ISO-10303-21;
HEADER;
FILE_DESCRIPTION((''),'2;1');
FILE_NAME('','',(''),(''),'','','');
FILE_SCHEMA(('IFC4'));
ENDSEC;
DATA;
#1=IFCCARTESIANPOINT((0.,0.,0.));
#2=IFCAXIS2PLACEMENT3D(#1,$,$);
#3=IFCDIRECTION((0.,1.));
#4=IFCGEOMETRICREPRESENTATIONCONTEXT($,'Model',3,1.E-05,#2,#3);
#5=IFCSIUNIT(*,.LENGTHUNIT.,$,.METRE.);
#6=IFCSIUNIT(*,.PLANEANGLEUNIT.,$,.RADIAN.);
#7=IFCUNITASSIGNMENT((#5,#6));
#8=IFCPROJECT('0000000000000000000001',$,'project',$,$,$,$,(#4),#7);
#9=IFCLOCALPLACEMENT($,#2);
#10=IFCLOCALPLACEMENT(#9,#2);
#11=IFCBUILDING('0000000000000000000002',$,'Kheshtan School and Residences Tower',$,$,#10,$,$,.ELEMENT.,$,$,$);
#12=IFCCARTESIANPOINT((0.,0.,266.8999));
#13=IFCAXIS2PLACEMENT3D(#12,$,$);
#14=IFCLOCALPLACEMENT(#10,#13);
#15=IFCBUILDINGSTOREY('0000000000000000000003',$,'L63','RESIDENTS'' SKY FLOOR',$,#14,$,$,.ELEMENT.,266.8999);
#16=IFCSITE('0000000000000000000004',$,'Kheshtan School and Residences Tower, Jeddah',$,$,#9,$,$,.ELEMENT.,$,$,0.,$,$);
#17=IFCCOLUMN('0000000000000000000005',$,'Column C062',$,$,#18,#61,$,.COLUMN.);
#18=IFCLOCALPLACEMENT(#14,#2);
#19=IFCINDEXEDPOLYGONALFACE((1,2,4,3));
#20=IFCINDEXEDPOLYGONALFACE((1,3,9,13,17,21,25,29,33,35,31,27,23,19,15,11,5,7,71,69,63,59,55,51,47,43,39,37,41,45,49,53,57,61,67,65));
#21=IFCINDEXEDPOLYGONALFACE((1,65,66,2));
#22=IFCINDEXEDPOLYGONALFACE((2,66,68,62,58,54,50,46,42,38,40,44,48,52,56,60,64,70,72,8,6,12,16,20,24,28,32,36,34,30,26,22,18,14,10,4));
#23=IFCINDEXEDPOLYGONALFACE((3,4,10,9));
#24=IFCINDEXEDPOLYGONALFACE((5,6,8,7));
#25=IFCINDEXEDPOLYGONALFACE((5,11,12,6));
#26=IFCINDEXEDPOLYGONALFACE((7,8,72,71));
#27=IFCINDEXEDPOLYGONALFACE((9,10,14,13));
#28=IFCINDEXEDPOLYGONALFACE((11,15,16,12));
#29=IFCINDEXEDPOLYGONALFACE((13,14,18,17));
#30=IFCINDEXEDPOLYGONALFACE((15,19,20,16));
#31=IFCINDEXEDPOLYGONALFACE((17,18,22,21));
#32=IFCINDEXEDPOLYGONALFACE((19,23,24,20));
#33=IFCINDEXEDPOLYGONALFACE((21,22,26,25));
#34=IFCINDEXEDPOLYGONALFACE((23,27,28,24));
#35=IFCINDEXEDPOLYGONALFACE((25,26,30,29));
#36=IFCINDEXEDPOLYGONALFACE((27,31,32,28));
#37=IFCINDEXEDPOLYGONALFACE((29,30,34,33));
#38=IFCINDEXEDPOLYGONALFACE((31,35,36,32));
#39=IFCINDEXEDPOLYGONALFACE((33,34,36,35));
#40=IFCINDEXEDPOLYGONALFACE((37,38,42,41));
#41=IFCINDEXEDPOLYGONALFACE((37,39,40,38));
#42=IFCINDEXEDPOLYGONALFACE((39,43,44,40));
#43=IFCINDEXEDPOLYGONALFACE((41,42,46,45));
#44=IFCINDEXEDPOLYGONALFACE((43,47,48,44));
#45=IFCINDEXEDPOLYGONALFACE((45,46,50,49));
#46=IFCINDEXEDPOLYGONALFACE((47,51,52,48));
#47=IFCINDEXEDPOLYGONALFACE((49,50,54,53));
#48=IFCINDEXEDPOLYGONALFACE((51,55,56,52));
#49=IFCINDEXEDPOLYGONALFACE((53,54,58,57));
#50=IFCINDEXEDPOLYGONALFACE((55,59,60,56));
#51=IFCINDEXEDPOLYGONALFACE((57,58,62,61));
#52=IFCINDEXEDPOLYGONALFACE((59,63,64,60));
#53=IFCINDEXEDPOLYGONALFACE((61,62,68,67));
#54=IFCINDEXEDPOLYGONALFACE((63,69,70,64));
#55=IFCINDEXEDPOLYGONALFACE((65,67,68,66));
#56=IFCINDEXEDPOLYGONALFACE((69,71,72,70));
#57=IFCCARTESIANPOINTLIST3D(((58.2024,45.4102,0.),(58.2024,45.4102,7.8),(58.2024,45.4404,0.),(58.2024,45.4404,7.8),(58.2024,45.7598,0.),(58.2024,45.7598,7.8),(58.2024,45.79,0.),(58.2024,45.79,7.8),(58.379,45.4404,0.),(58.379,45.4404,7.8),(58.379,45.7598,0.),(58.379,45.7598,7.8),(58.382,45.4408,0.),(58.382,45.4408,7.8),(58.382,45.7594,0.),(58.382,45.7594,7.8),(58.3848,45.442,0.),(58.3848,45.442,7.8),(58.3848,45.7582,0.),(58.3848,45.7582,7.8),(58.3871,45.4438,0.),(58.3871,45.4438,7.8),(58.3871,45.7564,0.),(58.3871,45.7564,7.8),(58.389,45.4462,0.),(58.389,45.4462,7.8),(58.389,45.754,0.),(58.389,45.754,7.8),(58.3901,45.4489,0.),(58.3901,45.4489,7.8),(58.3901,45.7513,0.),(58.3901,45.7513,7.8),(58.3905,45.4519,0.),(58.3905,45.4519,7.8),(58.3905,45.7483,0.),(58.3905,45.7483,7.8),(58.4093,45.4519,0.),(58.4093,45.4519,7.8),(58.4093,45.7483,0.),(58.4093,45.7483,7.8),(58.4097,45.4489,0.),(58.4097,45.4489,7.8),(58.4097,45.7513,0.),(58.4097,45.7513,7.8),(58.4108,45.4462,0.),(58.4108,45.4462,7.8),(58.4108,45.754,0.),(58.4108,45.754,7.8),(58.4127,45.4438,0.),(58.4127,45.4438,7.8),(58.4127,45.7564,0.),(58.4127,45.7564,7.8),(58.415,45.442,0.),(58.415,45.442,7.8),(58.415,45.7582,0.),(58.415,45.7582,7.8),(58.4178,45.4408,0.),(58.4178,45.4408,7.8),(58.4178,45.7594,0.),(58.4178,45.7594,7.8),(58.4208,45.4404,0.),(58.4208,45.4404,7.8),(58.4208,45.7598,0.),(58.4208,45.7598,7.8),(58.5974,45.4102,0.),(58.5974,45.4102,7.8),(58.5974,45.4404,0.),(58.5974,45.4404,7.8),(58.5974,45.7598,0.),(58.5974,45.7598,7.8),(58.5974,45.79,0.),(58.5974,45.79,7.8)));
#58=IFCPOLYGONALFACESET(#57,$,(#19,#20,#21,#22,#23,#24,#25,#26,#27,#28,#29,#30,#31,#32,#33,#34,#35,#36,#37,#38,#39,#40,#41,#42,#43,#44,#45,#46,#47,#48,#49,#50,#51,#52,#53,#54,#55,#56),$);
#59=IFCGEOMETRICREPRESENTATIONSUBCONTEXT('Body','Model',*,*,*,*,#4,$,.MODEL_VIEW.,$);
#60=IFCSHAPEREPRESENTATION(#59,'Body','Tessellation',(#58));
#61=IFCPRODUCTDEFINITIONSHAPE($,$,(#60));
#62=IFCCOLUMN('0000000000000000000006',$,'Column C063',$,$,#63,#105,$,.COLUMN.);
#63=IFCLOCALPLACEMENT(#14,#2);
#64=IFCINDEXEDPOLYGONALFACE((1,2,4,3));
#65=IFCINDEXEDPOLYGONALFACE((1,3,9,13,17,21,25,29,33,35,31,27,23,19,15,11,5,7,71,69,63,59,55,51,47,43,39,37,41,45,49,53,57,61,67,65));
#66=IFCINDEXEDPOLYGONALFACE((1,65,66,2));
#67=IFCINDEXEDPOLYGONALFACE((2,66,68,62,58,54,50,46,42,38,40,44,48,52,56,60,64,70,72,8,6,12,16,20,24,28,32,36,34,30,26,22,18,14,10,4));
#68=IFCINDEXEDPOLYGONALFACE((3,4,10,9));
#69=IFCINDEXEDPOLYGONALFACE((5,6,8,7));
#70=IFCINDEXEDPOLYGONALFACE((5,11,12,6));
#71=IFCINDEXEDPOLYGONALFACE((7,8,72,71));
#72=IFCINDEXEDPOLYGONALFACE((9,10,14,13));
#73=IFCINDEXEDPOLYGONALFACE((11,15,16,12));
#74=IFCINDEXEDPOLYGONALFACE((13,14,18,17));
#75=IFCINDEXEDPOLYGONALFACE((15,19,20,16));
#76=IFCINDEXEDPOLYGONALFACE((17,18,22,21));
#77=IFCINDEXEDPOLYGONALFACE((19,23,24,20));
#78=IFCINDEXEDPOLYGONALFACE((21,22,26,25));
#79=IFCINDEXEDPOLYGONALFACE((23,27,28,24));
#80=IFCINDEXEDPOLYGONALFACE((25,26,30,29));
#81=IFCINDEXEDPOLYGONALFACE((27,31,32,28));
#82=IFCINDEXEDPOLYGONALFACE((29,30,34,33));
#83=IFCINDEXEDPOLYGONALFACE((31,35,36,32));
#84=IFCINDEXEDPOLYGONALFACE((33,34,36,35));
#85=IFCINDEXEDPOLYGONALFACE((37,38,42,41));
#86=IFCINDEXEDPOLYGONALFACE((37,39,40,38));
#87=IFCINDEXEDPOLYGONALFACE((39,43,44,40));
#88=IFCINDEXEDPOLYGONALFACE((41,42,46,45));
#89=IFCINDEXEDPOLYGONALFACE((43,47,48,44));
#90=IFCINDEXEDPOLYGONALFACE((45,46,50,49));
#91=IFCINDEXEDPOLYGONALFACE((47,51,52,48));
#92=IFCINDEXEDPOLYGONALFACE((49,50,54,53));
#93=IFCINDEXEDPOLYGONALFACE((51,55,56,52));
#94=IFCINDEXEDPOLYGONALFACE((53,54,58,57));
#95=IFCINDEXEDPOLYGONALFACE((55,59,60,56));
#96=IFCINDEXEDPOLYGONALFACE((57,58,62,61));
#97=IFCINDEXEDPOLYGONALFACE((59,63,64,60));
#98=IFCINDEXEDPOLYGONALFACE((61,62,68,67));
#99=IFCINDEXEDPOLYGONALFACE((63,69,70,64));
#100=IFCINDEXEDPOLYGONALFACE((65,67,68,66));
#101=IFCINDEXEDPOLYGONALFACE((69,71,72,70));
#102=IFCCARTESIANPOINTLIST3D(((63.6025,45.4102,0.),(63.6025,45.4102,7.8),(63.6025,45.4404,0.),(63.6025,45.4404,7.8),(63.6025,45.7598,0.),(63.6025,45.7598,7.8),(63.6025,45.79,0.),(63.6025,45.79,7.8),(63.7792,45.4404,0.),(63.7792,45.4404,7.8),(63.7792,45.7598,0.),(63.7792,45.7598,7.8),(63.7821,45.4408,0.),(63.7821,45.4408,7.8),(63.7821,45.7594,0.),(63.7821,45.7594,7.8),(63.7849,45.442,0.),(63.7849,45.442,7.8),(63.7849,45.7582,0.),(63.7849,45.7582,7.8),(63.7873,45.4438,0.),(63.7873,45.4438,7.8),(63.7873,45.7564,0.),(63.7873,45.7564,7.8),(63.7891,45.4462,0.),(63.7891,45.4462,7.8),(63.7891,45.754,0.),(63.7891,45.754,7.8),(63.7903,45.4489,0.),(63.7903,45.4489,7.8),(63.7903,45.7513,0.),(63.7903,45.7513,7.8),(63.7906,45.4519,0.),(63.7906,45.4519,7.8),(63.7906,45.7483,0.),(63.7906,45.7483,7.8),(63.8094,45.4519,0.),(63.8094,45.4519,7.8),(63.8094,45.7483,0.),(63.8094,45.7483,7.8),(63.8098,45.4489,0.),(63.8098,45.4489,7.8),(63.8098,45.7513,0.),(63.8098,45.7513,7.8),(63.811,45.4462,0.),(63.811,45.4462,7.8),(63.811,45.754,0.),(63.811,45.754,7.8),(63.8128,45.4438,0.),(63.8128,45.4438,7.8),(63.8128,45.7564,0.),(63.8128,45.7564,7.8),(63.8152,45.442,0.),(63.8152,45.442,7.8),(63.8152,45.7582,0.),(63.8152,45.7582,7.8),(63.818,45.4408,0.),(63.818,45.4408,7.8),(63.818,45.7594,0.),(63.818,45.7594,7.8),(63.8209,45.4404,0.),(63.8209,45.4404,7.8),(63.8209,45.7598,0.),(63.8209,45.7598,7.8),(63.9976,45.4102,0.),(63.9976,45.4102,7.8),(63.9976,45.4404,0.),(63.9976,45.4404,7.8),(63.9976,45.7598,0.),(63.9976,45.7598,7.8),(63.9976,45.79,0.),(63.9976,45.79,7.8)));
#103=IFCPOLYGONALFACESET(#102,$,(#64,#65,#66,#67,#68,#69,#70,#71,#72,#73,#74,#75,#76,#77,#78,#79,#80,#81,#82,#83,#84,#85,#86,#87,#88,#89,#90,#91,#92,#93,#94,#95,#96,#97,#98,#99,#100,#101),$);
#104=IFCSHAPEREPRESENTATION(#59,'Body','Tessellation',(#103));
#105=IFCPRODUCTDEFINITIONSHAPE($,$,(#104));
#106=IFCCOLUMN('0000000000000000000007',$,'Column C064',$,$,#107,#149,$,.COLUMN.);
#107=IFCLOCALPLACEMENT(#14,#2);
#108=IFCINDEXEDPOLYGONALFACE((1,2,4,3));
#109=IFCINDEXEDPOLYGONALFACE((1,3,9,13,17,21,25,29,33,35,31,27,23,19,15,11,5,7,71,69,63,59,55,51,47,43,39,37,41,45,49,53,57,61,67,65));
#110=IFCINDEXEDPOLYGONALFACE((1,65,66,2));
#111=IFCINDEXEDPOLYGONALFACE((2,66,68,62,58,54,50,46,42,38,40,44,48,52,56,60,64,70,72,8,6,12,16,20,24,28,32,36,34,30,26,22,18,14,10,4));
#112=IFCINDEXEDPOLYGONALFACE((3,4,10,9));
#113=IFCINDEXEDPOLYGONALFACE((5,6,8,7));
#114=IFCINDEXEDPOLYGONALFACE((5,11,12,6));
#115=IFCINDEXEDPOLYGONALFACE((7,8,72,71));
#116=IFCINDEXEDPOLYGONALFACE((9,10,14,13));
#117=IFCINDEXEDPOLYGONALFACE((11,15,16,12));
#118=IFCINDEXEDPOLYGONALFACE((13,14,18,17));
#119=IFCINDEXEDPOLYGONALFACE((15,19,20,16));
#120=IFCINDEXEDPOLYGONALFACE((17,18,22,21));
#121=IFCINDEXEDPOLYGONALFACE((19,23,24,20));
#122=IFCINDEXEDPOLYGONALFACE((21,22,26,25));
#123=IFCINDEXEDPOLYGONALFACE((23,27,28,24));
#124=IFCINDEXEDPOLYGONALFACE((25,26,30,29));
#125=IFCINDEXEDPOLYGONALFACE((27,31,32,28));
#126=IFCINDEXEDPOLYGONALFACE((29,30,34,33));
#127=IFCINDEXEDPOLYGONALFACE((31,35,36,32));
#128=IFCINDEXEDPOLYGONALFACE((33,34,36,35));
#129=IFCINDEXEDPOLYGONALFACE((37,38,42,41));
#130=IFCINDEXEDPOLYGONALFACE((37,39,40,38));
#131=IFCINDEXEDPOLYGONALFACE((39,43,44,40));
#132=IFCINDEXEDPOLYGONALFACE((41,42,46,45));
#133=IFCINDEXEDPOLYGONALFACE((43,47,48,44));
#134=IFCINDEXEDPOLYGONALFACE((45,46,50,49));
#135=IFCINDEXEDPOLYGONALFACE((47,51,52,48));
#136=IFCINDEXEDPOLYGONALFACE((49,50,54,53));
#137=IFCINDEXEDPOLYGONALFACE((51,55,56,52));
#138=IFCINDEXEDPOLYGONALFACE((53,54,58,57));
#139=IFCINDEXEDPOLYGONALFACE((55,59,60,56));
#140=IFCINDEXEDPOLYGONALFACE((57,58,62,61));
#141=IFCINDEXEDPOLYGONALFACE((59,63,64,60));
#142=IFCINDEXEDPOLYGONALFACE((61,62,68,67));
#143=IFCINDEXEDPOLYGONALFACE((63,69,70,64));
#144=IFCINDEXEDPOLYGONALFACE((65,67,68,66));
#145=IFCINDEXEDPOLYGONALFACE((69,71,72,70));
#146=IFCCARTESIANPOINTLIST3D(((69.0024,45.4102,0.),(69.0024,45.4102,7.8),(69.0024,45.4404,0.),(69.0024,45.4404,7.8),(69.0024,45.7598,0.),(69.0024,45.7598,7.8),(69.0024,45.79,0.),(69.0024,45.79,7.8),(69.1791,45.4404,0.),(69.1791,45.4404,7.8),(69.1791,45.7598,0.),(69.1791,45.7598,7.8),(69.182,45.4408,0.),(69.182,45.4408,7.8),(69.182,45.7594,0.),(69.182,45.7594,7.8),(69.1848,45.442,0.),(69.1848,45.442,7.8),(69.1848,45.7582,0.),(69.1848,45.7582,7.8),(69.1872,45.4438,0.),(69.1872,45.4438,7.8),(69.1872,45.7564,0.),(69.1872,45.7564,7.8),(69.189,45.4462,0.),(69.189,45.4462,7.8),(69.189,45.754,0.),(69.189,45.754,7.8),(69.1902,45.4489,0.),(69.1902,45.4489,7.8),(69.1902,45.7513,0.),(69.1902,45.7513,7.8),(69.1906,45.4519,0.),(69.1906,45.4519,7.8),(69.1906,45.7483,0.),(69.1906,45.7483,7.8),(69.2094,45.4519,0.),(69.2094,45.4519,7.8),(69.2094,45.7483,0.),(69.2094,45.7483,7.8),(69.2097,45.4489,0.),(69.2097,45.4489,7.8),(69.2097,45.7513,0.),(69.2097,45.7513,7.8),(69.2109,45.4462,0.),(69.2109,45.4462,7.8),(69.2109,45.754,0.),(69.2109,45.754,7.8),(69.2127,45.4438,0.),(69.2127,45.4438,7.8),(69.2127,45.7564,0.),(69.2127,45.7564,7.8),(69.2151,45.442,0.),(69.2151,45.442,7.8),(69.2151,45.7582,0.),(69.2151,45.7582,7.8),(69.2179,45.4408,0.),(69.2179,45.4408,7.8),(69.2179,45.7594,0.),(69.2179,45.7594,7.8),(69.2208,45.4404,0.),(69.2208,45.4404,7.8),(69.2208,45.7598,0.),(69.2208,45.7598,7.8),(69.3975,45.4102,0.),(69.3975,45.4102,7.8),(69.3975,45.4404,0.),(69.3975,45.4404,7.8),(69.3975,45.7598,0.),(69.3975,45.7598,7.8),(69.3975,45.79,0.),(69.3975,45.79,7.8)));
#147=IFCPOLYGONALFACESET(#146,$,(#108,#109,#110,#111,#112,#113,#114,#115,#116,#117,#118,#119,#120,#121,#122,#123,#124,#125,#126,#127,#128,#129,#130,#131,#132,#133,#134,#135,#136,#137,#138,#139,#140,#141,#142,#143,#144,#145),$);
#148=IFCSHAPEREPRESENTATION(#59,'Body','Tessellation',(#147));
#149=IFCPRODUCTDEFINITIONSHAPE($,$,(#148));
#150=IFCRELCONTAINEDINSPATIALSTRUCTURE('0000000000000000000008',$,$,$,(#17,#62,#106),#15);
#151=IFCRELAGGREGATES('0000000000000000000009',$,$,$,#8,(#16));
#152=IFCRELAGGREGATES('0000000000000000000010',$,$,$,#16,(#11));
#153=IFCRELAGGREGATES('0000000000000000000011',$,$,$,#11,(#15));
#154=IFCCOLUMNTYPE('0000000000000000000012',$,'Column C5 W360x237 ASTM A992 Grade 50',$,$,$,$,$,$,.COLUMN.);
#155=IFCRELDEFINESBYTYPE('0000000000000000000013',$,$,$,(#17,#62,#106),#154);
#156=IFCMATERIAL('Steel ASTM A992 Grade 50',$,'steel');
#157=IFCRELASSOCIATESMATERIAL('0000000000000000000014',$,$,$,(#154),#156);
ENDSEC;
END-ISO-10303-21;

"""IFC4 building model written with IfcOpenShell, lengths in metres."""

from ifc_helpers import new_model, si_unit, direction, frame, origin, origin_2d, place, context, subcontext, project, spatial, i_section, extrude, material, material_profile, profile_set, type_object, element, save


model = new_model("IFC4")

# Units and contexts
model_context = context("Model", 3, precision=1e-05, world=origin(), true_north=direction((0.0, 1.0)))
body_context = subcontext(model_context, "Body", "Model", "MODEL_VIEW")
ifc_project = project(units=[si_unit("LENGTHUNIT", "METRE"), si_unit("PLANEANGLEUNIT", "RADIAN")], contexts=[model_context])

# Site, building, storey
site_placement = place(None, origin())
site = spatial("IfcSite", under=ifc_project, at=site_placement, Name="Kheshtan School and Residences Tower, Jeddah", CompositionType="ELEMENT", RefElevation=0.0)
building_placement = place(site_placement, origin())
building = spatial("IfcBuilding", under=site, at=building_placement, Name="Kheshtan School and Residences Tower", CompositionType="ELEMENT")
storey_placement = place(building_placement, frame((0.0, 0.0, 266.8999)))
storey = spatial("IfcBuildingStorey", under=building, at=storey_placement, Name="L63", Description="RESIDENTS' SKY FLOOR", CompositionType="ELEMENT", Elevation=266.8999)

# Columns
ifc_material_1 = material(Name="Steel ASTM A992 Grade 50", Category="steel")
ifc_material_profile_1 = material_profile(ifc_material_1, i_section(OverallWidth=0.395, OverallDepth=0.3799, WebThickness=0.0188, FlangeThickness=0.0303, FilletRadius=0.0115, at=origin_2d()), Name="W360x237")
ifc_profile_set_1 = profile_set([ifc_material_profile_1], Name="Steel ASTM A992 Grade 50")
column_type_1 = type_object("IfcColumnType", Name="Column C5 W360x237 ASTM A992 Grade 50", PredefinedType="COLUMN", material=ifc_profile_set_1)
for number, where, z_axis, x_axis, name in (
    (1, (58.3999, 45.6001, 0.0), (0.0, 0.0, 1.0), (1.0, 0.0, 0.0), "Column C062"),
    (2, (63.8, 45.6001, 0.0), (0.0, 0.0, 1.0), (1.0, 0.0, 0.0), "Column C063"),
    (3, (69.2, 45.6001, 0.0), (0.0, 0.0, 1.0), (1.0, 0.0, 0.0), "Column C064"),
):
    element("IfcColumn", number, at=place(storey_placement, frame(where, z_axis=z_axis, x_axis=x_axis)), inside=storey, type_object=column_type_1, Name=name, PredefinedType="COLUMN", context=body_context, shape_type="SweptSolid", body=[
        extrude(i_section(OverallWidth=0.395, OverallDepth=0.3799, WebThickness=0.0188, FlangeThickness=0.0303, FilletRadius=0.0115, at=origin_2d()), origin(), (0.0, 0.0, 1.0), 7.8),
    ])

save(model, "model.ifc")
